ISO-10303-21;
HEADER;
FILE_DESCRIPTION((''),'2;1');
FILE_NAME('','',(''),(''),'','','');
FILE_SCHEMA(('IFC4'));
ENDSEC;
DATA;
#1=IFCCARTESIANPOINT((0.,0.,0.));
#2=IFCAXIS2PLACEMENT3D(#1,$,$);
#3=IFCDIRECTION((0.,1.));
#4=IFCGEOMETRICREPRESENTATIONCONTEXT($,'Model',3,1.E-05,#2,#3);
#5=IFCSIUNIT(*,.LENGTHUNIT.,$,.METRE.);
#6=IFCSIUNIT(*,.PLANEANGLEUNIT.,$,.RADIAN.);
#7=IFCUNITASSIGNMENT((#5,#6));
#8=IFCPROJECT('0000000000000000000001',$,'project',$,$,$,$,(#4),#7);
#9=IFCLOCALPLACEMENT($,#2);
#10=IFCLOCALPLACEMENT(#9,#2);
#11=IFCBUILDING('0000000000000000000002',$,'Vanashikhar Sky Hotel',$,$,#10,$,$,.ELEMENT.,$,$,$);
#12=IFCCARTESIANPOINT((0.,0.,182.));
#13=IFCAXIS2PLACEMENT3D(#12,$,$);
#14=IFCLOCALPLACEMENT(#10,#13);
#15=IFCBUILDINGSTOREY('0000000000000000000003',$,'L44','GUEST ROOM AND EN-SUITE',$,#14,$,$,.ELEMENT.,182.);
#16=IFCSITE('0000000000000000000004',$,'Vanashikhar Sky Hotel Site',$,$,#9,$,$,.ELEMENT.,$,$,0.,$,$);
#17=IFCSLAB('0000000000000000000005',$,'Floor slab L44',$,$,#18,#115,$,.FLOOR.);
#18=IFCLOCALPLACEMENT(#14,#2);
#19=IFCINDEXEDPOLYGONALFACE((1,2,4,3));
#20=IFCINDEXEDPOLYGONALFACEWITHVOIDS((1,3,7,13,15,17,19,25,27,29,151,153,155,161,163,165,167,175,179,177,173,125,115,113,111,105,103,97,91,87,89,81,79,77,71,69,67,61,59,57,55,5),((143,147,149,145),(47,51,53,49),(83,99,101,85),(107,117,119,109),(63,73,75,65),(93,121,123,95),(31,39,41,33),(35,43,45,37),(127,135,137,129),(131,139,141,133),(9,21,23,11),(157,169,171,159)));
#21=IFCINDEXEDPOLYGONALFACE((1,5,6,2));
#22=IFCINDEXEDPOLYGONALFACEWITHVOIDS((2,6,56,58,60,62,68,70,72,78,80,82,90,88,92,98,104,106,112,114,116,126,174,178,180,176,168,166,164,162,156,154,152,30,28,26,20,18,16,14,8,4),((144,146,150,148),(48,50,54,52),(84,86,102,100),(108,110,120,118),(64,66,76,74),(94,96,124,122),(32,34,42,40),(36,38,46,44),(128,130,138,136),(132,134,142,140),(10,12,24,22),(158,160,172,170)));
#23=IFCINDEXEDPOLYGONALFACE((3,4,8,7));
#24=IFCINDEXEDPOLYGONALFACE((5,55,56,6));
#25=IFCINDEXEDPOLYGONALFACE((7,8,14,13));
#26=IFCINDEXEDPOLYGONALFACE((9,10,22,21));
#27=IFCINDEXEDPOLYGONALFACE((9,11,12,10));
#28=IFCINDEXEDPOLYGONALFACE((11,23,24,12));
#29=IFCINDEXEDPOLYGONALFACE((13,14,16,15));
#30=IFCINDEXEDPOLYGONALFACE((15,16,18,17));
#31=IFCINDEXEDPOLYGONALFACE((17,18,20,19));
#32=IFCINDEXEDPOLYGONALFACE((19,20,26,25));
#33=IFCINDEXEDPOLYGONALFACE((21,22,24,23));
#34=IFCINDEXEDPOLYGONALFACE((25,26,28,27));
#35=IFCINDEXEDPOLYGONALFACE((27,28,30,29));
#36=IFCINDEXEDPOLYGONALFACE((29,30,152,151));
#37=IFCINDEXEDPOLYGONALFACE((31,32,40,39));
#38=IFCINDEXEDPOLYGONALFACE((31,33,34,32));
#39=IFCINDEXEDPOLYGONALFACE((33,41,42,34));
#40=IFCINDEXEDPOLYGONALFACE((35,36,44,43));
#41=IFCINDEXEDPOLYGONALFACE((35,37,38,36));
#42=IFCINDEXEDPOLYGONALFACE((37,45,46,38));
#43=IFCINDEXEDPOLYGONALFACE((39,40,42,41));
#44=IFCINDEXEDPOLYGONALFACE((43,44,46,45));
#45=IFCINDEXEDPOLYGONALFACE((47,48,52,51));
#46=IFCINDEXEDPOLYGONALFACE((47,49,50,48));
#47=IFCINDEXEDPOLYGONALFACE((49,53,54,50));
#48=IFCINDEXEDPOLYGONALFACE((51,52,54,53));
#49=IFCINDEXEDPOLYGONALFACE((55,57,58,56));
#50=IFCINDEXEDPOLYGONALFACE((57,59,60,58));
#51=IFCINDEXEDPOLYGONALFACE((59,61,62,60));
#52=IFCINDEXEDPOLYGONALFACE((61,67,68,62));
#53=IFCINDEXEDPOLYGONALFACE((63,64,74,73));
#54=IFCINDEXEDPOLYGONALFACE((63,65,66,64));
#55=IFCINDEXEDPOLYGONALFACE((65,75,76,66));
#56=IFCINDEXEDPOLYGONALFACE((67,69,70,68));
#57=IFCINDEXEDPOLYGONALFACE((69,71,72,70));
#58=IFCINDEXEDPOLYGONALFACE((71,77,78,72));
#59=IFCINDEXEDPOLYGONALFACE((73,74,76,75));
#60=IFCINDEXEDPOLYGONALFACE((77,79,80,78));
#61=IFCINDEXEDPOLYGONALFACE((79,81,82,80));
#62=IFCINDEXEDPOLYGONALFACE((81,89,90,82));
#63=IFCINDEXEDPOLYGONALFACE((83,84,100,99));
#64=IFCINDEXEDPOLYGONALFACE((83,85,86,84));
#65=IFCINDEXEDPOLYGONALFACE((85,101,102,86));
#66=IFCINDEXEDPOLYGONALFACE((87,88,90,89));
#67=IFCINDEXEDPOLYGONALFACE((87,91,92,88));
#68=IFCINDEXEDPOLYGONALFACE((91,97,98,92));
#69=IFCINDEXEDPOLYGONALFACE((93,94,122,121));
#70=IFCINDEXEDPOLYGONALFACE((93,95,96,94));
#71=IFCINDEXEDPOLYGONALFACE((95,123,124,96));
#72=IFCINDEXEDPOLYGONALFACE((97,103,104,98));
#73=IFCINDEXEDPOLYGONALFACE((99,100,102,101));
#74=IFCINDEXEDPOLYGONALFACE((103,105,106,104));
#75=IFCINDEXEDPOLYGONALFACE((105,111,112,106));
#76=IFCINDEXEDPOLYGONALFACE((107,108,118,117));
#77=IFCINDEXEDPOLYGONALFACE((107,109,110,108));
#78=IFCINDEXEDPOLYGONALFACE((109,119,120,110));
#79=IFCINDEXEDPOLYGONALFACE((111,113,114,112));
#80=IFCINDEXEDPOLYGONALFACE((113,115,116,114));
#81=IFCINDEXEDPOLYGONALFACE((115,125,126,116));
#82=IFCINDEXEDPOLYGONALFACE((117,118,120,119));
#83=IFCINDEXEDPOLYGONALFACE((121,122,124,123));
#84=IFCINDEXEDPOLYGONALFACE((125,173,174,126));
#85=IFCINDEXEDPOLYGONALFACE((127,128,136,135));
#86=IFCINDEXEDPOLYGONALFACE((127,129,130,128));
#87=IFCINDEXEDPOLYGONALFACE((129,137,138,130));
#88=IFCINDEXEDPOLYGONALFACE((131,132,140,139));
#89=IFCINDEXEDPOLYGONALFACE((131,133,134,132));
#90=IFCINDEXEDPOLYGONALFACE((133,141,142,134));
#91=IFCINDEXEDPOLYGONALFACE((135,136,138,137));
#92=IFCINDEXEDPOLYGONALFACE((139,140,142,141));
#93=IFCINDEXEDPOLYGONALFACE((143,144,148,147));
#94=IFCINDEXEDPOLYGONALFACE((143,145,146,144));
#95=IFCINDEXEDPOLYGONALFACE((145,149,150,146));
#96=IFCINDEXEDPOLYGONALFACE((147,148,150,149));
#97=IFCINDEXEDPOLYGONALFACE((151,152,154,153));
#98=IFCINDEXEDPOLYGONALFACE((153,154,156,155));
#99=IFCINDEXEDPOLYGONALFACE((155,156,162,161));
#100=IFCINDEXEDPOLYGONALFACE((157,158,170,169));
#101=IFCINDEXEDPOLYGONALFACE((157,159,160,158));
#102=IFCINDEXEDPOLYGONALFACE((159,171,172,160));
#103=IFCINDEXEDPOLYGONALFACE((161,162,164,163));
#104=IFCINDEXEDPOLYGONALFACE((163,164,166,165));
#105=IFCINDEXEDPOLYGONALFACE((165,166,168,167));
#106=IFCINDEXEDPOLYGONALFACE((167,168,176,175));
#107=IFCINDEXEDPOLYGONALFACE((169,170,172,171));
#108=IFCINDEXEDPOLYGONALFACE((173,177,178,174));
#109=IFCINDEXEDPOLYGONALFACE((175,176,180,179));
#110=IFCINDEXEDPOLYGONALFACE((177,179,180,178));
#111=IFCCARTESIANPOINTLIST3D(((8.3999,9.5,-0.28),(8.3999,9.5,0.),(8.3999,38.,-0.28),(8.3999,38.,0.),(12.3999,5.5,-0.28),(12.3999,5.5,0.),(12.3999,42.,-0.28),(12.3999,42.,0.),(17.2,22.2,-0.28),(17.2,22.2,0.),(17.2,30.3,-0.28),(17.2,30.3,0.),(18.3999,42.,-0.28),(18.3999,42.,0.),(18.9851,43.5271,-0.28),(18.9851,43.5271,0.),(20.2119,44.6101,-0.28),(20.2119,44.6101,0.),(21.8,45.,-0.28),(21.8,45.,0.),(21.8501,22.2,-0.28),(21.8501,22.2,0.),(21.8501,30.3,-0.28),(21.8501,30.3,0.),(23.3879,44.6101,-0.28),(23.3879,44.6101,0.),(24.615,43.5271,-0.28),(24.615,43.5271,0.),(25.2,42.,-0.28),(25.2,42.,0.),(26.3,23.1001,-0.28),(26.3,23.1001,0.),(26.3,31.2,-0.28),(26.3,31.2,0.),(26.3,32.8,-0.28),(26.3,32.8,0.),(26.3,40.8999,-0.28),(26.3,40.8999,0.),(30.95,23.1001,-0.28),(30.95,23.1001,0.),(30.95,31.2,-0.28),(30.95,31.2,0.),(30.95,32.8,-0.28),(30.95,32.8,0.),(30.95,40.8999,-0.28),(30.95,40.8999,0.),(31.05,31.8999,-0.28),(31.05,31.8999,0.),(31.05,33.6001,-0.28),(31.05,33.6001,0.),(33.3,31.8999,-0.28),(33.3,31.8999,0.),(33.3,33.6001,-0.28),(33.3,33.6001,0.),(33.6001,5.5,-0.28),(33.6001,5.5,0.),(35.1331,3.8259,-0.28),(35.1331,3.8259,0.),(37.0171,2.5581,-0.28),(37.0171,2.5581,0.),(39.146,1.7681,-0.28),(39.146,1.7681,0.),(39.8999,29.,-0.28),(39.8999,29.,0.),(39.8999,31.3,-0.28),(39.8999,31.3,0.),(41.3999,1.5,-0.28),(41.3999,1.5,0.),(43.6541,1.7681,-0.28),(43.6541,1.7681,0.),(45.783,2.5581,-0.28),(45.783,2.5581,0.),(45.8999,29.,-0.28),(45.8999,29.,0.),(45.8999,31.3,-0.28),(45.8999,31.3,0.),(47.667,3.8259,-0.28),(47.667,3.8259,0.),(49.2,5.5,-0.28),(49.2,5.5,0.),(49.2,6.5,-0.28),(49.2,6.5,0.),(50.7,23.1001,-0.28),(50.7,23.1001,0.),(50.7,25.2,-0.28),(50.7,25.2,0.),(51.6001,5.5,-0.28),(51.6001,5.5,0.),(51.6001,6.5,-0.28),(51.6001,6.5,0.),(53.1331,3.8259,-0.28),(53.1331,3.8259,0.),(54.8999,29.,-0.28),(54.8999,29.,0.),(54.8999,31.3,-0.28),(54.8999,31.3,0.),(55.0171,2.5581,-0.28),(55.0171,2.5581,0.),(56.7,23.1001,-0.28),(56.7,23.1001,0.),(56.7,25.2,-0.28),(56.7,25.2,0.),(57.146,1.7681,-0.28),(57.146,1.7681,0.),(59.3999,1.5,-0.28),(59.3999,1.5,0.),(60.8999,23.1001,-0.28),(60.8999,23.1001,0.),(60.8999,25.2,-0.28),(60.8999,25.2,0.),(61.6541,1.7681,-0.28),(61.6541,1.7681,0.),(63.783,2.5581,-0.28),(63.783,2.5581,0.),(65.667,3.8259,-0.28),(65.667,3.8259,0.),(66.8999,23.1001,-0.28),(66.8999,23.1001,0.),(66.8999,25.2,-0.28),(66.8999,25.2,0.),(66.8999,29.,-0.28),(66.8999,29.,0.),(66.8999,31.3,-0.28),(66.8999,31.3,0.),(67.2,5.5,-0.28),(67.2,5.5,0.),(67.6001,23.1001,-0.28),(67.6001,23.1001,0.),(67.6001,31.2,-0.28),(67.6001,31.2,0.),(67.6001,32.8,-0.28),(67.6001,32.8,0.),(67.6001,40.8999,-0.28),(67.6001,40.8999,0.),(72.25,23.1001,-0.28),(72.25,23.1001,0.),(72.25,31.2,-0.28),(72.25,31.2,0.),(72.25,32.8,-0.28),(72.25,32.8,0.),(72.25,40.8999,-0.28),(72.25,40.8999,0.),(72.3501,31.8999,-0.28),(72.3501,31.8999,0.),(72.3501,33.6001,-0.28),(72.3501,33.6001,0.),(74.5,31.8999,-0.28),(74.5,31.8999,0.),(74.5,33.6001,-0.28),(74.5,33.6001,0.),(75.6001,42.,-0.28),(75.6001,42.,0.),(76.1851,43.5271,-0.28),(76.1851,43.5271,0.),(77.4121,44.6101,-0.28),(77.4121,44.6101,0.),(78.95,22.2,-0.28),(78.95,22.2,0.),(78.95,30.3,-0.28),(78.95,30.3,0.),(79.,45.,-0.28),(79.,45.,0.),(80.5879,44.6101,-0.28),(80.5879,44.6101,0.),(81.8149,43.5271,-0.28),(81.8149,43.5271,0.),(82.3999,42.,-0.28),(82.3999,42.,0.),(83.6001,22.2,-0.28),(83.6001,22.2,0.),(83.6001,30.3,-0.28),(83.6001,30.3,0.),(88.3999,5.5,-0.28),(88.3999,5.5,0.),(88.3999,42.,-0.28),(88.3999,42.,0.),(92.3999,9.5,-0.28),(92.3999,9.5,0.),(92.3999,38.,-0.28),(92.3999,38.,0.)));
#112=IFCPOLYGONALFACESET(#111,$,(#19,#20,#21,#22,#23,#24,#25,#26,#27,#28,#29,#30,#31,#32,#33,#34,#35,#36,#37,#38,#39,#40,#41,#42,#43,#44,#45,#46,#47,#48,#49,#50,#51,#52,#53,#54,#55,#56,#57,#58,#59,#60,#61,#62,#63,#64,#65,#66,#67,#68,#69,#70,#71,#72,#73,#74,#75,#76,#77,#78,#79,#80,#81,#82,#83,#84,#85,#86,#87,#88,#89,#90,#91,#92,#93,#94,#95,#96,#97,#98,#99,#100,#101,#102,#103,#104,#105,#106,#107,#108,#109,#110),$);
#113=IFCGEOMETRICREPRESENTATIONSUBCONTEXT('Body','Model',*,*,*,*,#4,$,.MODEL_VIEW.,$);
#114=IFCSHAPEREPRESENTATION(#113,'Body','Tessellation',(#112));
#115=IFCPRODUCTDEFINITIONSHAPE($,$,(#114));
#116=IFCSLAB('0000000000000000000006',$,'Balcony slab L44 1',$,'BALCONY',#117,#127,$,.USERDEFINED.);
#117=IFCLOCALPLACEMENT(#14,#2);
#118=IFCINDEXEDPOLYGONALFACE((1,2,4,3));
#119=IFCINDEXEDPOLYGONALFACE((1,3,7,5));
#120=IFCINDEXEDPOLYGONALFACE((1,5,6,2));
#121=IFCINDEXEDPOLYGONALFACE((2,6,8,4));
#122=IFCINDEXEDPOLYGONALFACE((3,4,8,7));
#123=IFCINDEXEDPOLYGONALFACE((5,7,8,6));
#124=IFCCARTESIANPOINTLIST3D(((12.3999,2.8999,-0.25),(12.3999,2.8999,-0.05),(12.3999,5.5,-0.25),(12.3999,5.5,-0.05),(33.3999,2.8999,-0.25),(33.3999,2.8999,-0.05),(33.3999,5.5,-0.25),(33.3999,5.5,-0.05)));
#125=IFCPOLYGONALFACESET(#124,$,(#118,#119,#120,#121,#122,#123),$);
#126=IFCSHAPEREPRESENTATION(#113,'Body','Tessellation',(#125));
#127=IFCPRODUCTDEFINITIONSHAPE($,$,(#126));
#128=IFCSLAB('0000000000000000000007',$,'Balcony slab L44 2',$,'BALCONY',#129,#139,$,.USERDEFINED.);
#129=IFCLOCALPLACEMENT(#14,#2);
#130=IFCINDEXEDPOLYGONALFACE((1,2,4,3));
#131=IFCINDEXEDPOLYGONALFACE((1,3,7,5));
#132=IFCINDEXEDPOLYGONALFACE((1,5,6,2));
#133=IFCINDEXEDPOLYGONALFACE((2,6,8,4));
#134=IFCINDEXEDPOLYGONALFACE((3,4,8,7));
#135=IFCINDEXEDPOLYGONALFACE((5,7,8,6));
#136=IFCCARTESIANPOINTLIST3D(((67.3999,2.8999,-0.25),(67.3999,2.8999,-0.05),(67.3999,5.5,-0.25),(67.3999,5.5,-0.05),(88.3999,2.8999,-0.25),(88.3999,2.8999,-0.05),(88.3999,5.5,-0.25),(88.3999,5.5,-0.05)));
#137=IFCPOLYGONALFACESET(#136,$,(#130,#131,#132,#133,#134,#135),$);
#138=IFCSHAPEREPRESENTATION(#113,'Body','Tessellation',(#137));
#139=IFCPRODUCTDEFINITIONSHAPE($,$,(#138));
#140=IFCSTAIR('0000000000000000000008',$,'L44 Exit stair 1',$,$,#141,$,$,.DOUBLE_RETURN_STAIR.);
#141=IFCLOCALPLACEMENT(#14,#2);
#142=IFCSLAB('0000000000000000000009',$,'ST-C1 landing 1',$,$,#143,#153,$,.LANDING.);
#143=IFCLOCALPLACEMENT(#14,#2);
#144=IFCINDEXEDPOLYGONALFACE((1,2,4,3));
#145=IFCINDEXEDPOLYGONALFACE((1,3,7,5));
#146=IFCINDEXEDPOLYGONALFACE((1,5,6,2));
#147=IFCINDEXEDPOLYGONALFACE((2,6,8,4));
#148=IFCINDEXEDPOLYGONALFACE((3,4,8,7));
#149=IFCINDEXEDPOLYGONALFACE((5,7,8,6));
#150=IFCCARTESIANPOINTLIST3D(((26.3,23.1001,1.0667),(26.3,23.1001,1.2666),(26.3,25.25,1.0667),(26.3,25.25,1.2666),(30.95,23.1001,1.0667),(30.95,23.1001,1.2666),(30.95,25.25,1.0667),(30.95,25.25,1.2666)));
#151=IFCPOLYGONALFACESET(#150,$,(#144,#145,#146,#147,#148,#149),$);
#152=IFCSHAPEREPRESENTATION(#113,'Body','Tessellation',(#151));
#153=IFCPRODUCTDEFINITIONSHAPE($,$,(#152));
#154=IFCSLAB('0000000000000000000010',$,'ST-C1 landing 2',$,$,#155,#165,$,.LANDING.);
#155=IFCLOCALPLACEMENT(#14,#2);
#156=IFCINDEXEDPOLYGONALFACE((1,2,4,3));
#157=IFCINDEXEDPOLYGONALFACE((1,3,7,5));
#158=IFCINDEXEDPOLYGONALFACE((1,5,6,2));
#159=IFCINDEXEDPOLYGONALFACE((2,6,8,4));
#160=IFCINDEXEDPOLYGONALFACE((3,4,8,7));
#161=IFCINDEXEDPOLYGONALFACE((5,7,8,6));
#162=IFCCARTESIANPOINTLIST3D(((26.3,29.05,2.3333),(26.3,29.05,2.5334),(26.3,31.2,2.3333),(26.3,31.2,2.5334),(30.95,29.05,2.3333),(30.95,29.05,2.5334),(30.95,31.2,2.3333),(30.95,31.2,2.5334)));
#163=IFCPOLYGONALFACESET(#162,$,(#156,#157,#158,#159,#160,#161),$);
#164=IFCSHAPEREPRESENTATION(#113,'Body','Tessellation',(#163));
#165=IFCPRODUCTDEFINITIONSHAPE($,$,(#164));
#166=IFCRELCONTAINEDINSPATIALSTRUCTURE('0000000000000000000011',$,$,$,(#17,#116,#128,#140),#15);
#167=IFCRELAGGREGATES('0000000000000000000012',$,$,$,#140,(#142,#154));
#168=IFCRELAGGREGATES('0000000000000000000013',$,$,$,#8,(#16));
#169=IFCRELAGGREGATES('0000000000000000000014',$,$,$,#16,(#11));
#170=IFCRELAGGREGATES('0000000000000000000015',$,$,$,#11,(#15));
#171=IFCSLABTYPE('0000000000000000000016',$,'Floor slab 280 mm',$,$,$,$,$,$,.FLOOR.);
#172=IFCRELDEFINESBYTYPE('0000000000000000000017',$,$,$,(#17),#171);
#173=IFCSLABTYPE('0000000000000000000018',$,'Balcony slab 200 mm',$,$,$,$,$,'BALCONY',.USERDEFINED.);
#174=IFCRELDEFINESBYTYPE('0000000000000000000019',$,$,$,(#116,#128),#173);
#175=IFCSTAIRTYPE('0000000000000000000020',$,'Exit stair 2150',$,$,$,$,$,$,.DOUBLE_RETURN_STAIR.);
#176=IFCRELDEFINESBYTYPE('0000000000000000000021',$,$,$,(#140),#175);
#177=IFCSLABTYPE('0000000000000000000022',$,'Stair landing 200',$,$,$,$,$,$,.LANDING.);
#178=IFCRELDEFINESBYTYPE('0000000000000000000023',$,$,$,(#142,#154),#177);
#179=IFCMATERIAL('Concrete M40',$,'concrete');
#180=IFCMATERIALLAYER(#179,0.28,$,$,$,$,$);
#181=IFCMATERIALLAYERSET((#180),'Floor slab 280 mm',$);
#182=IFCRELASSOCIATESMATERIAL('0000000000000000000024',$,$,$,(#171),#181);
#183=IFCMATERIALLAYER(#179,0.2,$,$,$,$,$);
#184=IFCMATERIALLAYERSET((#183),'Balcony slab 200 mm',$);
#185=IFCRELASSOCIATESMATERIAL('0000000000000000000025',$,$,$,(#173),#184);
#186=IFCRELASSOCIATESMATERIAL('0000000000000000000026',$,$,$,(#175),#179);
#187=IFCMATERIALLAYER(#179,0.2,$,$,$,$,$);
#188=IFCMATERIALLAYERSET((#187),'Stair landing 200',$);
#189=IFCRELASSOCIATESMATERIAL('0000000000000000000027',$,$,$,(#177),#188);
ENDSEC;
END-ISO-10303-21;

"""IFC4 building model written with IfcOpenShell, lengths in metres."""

from ifc_helpers import new_model, si_unit, direction, frame, origin, place, context, subcontext, project, spatial, polyline, outline, extrude, source, transform, mapped, material, layer, layer_set, type_object, element, aggregate, save


model = new_model("IFC4")

# Units and contexts
model_context = context("Model", 3, precision=1e-05, world=origin(), true_north=direction((0.0, 1.0)))
body_context = subcontext(model_context, "Body", "Model", "MODEL_VIEW")
ifc_project = project(units=[si_unit("LENGTHUNIT", "METRE"), si_unit("PLANEANGLEUNIT", "RADIAN")], contexts=[model_context])

# Site, building, storey
site_placement = place(None, origin())
site = spatial("IfcSite", under=ifc_project, at=site_placement, Name="Vanashikhar Sky Hotel Site", CompositionType="ELEMENT", RefElevation=0.0)
building_placement = place(site_placement, origin())
building = spatial("IfcBuilding", under=site, at=building_placement, Name="Vanashikhar Sky Hotel", CompositionType="ELEMENT")
storey_placement = place(building_placement, frame((0.0, 0.0, 182.0)))
storey = spatial("IfcBuildingStorey", under=building, at=storey_placement, Name="L44", Description="GUEST ROOM AND EN-SUITE", CompositionType="ELEMENT", Elevation=182.0)

# Slabs
ifc_material = material(Name="Concrete M40", Category="concrete")
ifc_layer_1 = layer(ifc_material, 0.28)
ifc_layer_set_1 = layer_set([ifc_layer_1], Name="Floor slab 280 mm")
slab_type_1 = type_object("IfcSlabType", Name="Floor slab 280 mm", PredefinedType="FLOOR", material=ifc_layer_set_1)
shared_shape_1 = source(origin(), body_context, "Body", "SweptSolid", [
    extrude(outline(polyline([(49.2, 5.5), (49.2, 6.5), (51.6001, 6.5), (51.6001, 5.5), (53.1331, 3.8259), (55.0171, 2.5581), (57.146, 1.7681), (59.3999, 1.5), (61.6541, 1.7681), (63.783, 2.5581), (65.667, 3.8259), (67.2, 5.5), (88.3999, 5.5), (92.3999, 9.5), (92.3999, 38.0), (88.3999, 42.0), (82.3999, 42.0), (81.8149, 43.5271), (80.5879, 44.6101), (79.0, 45.0), (77.4121, 44.6101), (76.1851, 43.5271), (75.6001, 42.0), (25.2, 42.0), (24.615, 43.5271), (23.3879, 44.6101), (21.8, 45.0), (20.2119, 44.6101), (18.9851, 43.5271), (18.3999, 42.0), (12.3999, 42.0), (8.3999, 38.0), (8.3999, 9.5), (12.3999, 5.5), (33.6001, 5.5), (35.1331, 3.8259), (37.0171, 2.5581), (39.146, 1.7681), (41.3999, 1.5), (43.6541, 1.7681), (45.783, 2.5581), (47.667, 3.8259), (49.2, 5.5)]), holes=[polyline([(33.3, 33.6001), (31.05, 33.6001), (31.05, 31.8999), (33.3, 31.8999), (33.3, 33.6001)]), polyline([(39.8999, 31.3), (39.8999, 29.0), (45.8999, 29.0), (45.8999, 31.3), (39.8999, 31.3)]), polyline([(50.7, 25.2), (50.7, 23.1001), (56.7, 23.1001), (56.7, 25.2), (50.7, 25.2)]), polyline([(66.8999, 29.0), (66.8999, 31.3), (54.8999, 31.3), (54.8999, 29.0), (66.8999, 29.0)]), polyline([(60.8999, 25.2), (60.8999, 23.1001), (66.8999, 23.1001), (66.8999, 25.2), (60.8999, 25.2)]), polyline([(74.5, 33.6001), (72.3501, 33.6001), (72.3501, 31.8999), (74.5, 31.8999), (74.5, 33.6001)]), polyline([(30.95, 23.1001), (30.95, 31.2), (26.3, 31.2), (26.3, 23.1001), (30.95, 23.1001)]), polyline([(72.25, 23.1001), (72.25, 31.2), (67.6001, 31.2), (67.6001, 23.1001), (72.25, 23.1001)]), polyline([(30.95, 32.8), (30.95, 40.8999), (26.3, 40.8999), (26.3, 32.8), (30.95, 32.8)]), polyline([(72.25, 32.8), (72.25, 40.8999), (67.6001, 40.8999), (67.6001, 32.8), (72.25, 32.8)]), polyline([(83.6001, 22.2), (83.6001, 30.3), (78.95, 30.3), (78.95, 22.2), (83.6001, 22.2)]), polyline([(21.8501, 22.2), (21.8501, 30.3), (17.2, 30.3), (17.2, 22.2), (21.8501, 22.2)])]), origin(), (0.0, 0.0, 1.0), 0.28),
])
slab_1_placement = place(storey_placement, frame((0.0, 0.0, -0.28)))
element("IfcSlab", 1, at=slab_1_placement, inside=storey, type_object=slab_type_1, Name="Floor slab L44", PredefinedType="FLOOR", context=body_context, shape_type="MappedRepresentation", body=[
    mapped(shared_shape_1, transform((0.0, 0.0, 0.0), scale=1.0)),
])
ifc_layer_2 = layer(ifc_material, 0.2)
ifc_layer_set_2 = layer_set([ifc_layer_2], Name="Balcony slab 200 mm")
slab_type_2 = type_object("IfcSlabType", Name="Balcony slab 200 mm", ElementType="BALCONY", PredefinedType="USERDEFINED", material=ifc_layer_set_2)
shared_shape_2 = source(origin(), body_context, "Body", "SweptSolid", [
    extrude(outline(polyline([(12.3999, 2.8999), (33.3999, 2.8999), (33.3999, 5.5), (12.3999, 5.5), (12.3999, 2.8999)])), origin(), (0.0, 0.0, 1.0), 0.2),
])
slab_2_placement = place(storey_placement, frame((0.0, 0.0, -0.25)))
element("IfcSlab", 2, at=slab_2_placement, inside=storey, type_object=slab_type_2, Name="Balcony slab L44 1", ObjectType="BALCONY", PredefinedType="USERDEFINED", context=body_context, shape_type="MappedRepresentation", body=[
    mapped(shared_shape_2, transform((0.0, 0.0, 0.0), scale=1.0)),
])
shared_shape_3 = source(origin(), body_context, "Body", "SweptSolid", [
    extrude(outline(polyline([(67.3999, 2.8999), (88.3999, 2.8999), (88.3999, 5.5), (67.3999, 5.5), (67.3999, 2.8999)])), origin(), (0.0, 0.0, 1.0), 0.2),
])
slab_3_placement = place(storey_placement, frame((0.0, 0.0, -0.25)))
element("IfcSlab", 3, at=slab_3_placement, inside=storey, type_object=slab_type_2, Name="Balcony slab L44 2", ObjectType="BALCONY", PredefinedType="USERDEFINED", context=body_context, shape_type="MappedRepresentation", body=[
    mapped(shared_shape_3, transform((0.0, 0.0, 0.0), scale=1.0)),
])

# Stair, slabs
stair_type = type_object("IfcStairType", Name="Exit stair 2150", PredefinedType="DOUBLE_RETURN_STAIR", material=ifc_material)
stair_1_placement = place(storey_placement, origin())
stair_1 = element("IfcStair", 4, at=stair_1_placement, inside=storey, type_object=stair_type, Name="L44 Exit stair 1", PredefinedType="DOUBLE_RETURN_STAIR")
ifc_layer_3 = layer(ifc_material, 0.2)
ifc_layer_set_3 = layer_set([ifc_layer_3], Name="Stair landing 200")
slab_type_3 = type_object("IfcSlabType", Name="Stair landing 200", PredefinedType="LANDING", material=ifc_layer_set_3)
shared_shape_4 = source(origin(), body_context, "Body", "SweptSolid", [
    extrude(outline(polyline([(30.95, 23.1001), (30.95, 25.25), (26.3, 25.25), (26.3, 23.1001), (30.95, 23.1001)])), origin(), (0.0, 0.0, 1.0), 0.2),
])
slab_4_placement = place(storey_placement, frame((0.0, 0.0, 1.0667)))
slab_4 = element("IfcSlab", 5, at=slab_4_placement, type_object=slab_type_3, Name="ST-C1 landing 1", PredefinedType="LANDING", context=body_context, shape_type="MappedRepresentation", body=[
    mapped(shared_shape_4, transform((0.0, 0.0, 0.0), scale=1.0)),
])
shared_shape_5 = source(origin(), body_context, "Body", "SweptSolid", [
    extrude(outline(polyline([(30.95, 29.05), (30.95, 31.2), (26.3, 31.2), (26.3, 29.05), (30.95, 29.05)])), origin(), (0.0, 0.0, 1.0), 0.2002),
])
slab_5_placement = place(storey_placement, frame((0.0, 0.0, 2.3333)))
slab_5 = element("IfcSlab", 6, at=slab_5_placement, type_object=slab_type_3, Name="ST-C1 landing 2", PredefinedType="LANDING", context=body_context, shape_type="MappedRepresentation", body=[
    mapped(shared_shape_5, transform((0.0, 0.0, 0.0), scale=1.0)),
])
aggregate(stair_1, [slab_4, slab_5])

save(model, "model.ifc")
